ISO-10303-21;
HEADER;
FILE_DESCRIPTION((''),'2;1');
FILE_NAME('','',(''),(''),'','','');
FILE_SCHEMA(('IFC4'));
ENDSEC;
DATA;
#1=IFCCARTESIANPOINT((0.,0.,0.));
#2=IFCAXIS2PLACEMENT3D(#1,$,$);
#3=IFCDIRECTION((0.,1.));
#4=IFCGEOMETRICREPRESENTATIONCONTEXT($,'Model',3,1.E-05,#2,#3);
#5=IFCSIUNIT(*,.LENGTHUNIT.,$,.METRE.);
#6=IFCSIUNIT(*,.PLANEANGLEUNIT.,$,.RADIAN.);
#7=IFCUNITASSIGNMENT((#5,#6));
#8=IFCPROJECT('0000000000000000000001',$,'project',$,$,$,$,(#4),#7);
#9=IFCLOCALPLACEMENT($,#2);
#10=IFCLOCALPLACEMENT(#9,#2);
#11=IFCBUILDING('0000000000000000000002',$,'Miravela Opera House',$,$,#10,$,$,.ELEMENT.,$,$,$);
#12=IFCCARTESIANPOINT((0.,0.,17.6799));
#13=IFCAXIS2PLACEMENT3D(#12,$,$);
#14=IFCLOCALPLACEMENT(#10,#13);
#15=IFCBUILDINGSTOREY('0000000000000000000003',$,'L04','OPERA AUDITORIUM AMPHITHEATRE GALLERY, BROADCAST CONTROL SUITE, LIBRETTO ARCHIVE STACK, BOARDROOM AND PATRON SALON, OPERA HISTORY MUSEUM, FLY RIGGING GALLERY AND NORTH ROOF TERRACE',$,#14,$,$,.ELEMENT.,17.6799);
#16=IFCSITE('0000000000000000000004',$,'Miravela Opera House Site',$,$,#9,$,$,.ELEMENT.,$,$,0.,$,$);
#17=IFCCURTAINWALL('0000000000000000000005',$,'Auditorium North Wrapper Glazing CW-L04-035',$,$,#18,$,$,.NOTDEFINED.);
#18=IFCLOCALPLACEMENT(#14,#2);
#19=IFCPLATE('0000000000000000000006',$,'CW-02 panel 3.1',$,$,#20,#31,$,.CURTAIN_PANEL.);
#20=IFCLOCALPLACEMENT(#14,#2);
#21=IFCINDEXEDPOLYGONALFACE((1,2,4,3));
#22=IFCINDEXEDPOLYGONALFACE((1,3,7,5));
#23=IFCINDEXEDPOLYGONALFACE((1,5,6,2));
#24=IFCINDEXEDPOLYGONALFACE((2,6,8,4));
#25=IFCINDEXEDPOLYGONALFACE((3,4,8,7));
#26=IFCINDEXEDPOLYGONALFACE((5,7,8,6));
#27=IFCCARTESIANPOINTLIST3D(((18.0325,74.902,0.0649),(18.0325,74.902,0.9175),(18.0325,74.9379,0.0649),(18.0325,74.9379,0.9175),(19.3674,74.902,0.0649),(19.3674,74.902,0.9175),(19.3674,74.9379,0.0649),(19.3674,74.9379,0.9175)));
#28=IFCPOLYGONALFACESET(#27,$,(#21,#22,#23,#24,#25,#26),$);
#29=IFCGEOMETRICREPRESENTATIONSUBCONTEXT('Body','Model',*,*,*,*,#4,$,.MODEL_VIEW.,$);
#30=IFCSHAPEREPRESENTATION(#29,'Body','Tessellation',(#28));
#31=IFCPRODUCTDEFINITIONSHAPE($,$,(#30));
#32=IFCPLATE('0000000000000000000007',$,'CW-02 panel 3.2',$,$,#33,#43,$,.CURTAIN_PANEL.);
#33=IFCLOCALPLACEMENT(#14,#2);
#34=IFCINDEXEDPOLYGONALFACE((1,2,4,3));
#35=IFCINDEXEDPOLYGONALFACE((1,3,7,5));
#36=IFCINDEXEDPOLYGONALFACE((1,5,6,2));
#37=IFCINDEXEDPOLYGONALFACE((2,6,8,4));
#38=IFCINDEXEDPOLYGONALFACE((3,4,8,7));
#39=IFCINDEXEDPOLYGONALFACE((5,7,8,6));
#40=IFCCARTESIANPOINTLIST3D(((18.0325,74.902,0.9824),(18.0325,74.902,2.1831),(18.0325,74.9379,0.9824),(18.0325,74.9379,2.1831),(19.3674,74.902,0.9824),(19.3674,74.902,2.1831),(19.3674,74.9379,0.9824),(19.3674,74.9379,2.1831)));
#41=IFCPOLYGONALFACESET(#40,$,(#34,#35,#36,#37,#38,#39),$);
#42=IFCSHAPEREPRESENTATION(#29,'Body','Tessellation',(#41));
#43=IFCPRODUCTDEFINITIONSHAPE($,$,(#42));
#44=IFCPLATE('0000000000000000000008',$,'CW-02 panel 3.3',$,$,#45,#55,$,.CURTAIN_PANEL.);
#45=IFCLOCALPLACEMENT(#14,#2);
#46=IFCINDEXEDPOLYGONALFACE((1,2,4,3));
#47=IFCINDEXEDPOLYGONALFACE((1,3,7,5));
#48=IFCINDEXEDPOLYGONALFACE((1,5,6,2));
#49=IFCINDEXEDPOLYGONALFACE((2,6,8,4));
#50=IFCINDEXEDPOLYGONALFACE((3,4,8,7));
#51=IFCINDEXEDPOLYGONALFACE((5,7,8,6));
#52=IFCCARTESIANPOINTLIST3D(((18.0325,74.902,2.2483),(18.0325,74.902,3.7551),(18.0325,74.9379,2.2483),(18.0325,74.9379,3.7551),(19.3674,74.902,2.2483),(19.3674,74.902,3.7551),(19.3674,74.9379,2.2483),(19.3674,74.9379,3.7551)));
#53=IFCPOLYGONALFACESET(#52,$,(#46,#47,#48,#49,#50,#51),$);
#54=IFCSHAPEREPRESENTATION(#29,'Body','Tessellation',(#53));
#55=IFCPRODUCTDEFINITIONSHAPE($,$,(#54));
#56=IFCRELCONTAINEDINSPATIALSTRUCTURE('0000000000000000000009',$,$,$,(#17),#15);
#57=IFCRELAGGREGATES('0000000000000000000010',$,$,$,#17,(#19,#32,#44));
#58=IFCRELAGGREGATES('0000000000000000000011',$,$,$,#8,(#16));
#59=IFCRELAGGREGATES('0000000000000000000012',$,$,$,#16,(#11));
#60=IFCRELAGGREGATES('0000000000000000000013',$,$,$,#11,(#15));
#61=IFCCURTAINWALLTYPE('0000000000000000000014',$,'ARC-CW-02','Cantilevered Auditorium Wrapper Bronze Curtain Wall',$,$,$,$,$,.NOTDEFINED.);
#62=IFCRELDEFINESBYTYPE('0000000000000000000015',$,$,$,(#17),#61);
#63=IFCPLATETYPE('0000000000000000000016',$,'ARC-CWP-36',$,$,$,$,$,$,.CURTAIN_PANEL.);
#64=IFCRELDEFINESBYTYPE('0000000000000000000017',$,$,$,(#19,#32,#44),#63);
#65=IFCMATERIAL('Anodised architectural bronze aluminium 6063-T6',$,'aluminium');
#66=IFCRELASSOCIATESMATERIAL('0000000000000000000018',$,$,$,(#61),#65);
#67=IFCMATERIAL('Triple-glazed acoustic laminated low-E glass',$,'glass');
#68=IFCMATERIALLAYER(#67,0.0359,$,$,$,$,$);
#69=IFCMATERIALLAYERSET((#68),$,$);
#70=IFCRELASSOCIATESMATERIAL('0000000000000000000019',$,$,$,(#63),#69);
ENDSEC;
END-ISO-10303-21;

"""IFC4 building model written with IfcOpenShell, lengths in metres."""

from ifc_helpers import new_model, si_unit, direction, frame, origin, origin_2d, place, context, subcontext, project, spatial, rectangle, extrude, material, layer, layer_set, type_object, element, aggregate, save


model = new_model("IFC4")

# Units and contexts
model_context = context("Model", 3, precision=1e-05, world=origin(), true_north=direction((0.0, 1.0)))
body_context = subcontext(model_context, "Body", "Model", "MODEL_VIEW")
ifc_project = project(units=[si_unit("LENGTHUNIT", "METRE"), si_unit("PLANEANGLEUNIT", "RADIAN")], contexts=[model_context])

# Site, building, storey
site_placement = place(None, origin())
site = spatial("IfcSite", under=ifc_project, at=site_placement, Name="Miravela Opera House Site", CompositionType="ELEMENT", RefElevation=0.0)
building_placement = place(site_placement, origin())
building = spatial("IfcBuilding", under=site, at=building_placement, Name="Miravela Opera House", CompositionType="ELEMENT")
storey_placement = place(building_placement, frame((0.0, 0.0, 17.6799)))
storey = spatial("IfcBuildingStorey", under=building, at=storey_placement, Name="L04", Description="OPERA AUDITORIUM AMPHITHEATRE GALLERY, BROADCAST CONTROL SUITE, LIBRETTO ARCHIVE STACK, BOARDROOM AND PATRON SALON, OPERA HISTORY MUSEUM, FLY RIGGING GALLERY AND NORTH ROOF TERRACE", CompositionType="ELEMENT", Elevation=17.6799)

# Curtain wall
ifc_material_1 = material(Name="Anodised architectural bronze aluminium 6063-T6", Category="aluminium")
curtain_wall_type = type_object("IfcCurtainWallType", Name="ARC-CW-02", Description="Cantilevered Auditorium Wrapper Bronze Curtain Wall", PredefinedType="NOTDEFINED", material=ifc_material_1)
curtain_wall_placement = place(storey_placement, origin())
curtain_wall = element("IfcCurtainWall", 1, at=curtain_wall_placement, inside=storey, type_object=curtain_wall_type, Name="Auditorium North Wrapper Glazing CW-L04-035", PredefinedType="NOTDEFINED")

# Plates
ifc_material_2 = material(Name="Triple-glazed acoustic laminated low-E glass", Category="glass")
ifc_layer = layer(ifc_material_2, 0.0359)
ifc_layer_set = layer_set([ifc_layer])
plate_type = type_object("IfcPlateType", Name="ARC-CWP-36", PredefinedType="CURTAIN_PANEL", material=ifc_layer_set)
plate_1_placement = place(storey_placement, frame((18.7, 74.9199, 0.0649), z_axis=(0.0, 0.0, 1.0), x_axis=(1.0, 0.0, 0.0)))
plate_1 = element("IfcPlate", 2, at=plate_1_placement, type_object=plate_type, Name="CW-02 panel 3.1", PredefinedType="CURTAIN_PANEL", context=body_context, shape_type="SweptSolid", body=[
    extrude(rectangle(XDim=1.335, YDim=0.0359, at=origin_2d()), origin(), (0.0, 0.0, 1.0), 0.8525),
])
plate_2_placement = place(storey_placement, frame((18.7, 74.9199, 0.9824), z_axis=(0.0, 0.0, 1.0), x_axis=(1.0, 0.0, 0.0)))
plate_2 = element("IfcPlate", 3, at=plate_2_placement, type_object=plate_type, Name="CW-02 panel 3.2", PredefinedType="CURTAIN_PANEL", context=body_context, shape_type="SweptSolid", body=[
    extrude(rectangle(XDim=1.335, YDim=0.0359, at=origin_2d()), origin(), (0.0, 0.0, 1.0), 1.2007),
])
plate_3_placement = place(storey_placement, frame((18.7, 74.9199, 2.2483), z_axis=(0.0, 0.0, 1.0), x_axis=(1.0, 0.0, 0.0)))
plate_3 = element("IfcPlate", 4, at=plate_3_placement, type_object=plate_type, Name="CW-02 panel 3.3", PredefinedType="CURTAIN_PANEL", context=body_context, shape_type="SweptSolid", body=[
    extrude(rectangle(XDim=1.335, YDim=0.0359, at=origin_2d()), origin(), (0.0, 0.0, 1.0), 1.5068),
])
aggregate(curtain_wall, [plate_1, plate_2, plate_3])

save(model, "model.ifc")
